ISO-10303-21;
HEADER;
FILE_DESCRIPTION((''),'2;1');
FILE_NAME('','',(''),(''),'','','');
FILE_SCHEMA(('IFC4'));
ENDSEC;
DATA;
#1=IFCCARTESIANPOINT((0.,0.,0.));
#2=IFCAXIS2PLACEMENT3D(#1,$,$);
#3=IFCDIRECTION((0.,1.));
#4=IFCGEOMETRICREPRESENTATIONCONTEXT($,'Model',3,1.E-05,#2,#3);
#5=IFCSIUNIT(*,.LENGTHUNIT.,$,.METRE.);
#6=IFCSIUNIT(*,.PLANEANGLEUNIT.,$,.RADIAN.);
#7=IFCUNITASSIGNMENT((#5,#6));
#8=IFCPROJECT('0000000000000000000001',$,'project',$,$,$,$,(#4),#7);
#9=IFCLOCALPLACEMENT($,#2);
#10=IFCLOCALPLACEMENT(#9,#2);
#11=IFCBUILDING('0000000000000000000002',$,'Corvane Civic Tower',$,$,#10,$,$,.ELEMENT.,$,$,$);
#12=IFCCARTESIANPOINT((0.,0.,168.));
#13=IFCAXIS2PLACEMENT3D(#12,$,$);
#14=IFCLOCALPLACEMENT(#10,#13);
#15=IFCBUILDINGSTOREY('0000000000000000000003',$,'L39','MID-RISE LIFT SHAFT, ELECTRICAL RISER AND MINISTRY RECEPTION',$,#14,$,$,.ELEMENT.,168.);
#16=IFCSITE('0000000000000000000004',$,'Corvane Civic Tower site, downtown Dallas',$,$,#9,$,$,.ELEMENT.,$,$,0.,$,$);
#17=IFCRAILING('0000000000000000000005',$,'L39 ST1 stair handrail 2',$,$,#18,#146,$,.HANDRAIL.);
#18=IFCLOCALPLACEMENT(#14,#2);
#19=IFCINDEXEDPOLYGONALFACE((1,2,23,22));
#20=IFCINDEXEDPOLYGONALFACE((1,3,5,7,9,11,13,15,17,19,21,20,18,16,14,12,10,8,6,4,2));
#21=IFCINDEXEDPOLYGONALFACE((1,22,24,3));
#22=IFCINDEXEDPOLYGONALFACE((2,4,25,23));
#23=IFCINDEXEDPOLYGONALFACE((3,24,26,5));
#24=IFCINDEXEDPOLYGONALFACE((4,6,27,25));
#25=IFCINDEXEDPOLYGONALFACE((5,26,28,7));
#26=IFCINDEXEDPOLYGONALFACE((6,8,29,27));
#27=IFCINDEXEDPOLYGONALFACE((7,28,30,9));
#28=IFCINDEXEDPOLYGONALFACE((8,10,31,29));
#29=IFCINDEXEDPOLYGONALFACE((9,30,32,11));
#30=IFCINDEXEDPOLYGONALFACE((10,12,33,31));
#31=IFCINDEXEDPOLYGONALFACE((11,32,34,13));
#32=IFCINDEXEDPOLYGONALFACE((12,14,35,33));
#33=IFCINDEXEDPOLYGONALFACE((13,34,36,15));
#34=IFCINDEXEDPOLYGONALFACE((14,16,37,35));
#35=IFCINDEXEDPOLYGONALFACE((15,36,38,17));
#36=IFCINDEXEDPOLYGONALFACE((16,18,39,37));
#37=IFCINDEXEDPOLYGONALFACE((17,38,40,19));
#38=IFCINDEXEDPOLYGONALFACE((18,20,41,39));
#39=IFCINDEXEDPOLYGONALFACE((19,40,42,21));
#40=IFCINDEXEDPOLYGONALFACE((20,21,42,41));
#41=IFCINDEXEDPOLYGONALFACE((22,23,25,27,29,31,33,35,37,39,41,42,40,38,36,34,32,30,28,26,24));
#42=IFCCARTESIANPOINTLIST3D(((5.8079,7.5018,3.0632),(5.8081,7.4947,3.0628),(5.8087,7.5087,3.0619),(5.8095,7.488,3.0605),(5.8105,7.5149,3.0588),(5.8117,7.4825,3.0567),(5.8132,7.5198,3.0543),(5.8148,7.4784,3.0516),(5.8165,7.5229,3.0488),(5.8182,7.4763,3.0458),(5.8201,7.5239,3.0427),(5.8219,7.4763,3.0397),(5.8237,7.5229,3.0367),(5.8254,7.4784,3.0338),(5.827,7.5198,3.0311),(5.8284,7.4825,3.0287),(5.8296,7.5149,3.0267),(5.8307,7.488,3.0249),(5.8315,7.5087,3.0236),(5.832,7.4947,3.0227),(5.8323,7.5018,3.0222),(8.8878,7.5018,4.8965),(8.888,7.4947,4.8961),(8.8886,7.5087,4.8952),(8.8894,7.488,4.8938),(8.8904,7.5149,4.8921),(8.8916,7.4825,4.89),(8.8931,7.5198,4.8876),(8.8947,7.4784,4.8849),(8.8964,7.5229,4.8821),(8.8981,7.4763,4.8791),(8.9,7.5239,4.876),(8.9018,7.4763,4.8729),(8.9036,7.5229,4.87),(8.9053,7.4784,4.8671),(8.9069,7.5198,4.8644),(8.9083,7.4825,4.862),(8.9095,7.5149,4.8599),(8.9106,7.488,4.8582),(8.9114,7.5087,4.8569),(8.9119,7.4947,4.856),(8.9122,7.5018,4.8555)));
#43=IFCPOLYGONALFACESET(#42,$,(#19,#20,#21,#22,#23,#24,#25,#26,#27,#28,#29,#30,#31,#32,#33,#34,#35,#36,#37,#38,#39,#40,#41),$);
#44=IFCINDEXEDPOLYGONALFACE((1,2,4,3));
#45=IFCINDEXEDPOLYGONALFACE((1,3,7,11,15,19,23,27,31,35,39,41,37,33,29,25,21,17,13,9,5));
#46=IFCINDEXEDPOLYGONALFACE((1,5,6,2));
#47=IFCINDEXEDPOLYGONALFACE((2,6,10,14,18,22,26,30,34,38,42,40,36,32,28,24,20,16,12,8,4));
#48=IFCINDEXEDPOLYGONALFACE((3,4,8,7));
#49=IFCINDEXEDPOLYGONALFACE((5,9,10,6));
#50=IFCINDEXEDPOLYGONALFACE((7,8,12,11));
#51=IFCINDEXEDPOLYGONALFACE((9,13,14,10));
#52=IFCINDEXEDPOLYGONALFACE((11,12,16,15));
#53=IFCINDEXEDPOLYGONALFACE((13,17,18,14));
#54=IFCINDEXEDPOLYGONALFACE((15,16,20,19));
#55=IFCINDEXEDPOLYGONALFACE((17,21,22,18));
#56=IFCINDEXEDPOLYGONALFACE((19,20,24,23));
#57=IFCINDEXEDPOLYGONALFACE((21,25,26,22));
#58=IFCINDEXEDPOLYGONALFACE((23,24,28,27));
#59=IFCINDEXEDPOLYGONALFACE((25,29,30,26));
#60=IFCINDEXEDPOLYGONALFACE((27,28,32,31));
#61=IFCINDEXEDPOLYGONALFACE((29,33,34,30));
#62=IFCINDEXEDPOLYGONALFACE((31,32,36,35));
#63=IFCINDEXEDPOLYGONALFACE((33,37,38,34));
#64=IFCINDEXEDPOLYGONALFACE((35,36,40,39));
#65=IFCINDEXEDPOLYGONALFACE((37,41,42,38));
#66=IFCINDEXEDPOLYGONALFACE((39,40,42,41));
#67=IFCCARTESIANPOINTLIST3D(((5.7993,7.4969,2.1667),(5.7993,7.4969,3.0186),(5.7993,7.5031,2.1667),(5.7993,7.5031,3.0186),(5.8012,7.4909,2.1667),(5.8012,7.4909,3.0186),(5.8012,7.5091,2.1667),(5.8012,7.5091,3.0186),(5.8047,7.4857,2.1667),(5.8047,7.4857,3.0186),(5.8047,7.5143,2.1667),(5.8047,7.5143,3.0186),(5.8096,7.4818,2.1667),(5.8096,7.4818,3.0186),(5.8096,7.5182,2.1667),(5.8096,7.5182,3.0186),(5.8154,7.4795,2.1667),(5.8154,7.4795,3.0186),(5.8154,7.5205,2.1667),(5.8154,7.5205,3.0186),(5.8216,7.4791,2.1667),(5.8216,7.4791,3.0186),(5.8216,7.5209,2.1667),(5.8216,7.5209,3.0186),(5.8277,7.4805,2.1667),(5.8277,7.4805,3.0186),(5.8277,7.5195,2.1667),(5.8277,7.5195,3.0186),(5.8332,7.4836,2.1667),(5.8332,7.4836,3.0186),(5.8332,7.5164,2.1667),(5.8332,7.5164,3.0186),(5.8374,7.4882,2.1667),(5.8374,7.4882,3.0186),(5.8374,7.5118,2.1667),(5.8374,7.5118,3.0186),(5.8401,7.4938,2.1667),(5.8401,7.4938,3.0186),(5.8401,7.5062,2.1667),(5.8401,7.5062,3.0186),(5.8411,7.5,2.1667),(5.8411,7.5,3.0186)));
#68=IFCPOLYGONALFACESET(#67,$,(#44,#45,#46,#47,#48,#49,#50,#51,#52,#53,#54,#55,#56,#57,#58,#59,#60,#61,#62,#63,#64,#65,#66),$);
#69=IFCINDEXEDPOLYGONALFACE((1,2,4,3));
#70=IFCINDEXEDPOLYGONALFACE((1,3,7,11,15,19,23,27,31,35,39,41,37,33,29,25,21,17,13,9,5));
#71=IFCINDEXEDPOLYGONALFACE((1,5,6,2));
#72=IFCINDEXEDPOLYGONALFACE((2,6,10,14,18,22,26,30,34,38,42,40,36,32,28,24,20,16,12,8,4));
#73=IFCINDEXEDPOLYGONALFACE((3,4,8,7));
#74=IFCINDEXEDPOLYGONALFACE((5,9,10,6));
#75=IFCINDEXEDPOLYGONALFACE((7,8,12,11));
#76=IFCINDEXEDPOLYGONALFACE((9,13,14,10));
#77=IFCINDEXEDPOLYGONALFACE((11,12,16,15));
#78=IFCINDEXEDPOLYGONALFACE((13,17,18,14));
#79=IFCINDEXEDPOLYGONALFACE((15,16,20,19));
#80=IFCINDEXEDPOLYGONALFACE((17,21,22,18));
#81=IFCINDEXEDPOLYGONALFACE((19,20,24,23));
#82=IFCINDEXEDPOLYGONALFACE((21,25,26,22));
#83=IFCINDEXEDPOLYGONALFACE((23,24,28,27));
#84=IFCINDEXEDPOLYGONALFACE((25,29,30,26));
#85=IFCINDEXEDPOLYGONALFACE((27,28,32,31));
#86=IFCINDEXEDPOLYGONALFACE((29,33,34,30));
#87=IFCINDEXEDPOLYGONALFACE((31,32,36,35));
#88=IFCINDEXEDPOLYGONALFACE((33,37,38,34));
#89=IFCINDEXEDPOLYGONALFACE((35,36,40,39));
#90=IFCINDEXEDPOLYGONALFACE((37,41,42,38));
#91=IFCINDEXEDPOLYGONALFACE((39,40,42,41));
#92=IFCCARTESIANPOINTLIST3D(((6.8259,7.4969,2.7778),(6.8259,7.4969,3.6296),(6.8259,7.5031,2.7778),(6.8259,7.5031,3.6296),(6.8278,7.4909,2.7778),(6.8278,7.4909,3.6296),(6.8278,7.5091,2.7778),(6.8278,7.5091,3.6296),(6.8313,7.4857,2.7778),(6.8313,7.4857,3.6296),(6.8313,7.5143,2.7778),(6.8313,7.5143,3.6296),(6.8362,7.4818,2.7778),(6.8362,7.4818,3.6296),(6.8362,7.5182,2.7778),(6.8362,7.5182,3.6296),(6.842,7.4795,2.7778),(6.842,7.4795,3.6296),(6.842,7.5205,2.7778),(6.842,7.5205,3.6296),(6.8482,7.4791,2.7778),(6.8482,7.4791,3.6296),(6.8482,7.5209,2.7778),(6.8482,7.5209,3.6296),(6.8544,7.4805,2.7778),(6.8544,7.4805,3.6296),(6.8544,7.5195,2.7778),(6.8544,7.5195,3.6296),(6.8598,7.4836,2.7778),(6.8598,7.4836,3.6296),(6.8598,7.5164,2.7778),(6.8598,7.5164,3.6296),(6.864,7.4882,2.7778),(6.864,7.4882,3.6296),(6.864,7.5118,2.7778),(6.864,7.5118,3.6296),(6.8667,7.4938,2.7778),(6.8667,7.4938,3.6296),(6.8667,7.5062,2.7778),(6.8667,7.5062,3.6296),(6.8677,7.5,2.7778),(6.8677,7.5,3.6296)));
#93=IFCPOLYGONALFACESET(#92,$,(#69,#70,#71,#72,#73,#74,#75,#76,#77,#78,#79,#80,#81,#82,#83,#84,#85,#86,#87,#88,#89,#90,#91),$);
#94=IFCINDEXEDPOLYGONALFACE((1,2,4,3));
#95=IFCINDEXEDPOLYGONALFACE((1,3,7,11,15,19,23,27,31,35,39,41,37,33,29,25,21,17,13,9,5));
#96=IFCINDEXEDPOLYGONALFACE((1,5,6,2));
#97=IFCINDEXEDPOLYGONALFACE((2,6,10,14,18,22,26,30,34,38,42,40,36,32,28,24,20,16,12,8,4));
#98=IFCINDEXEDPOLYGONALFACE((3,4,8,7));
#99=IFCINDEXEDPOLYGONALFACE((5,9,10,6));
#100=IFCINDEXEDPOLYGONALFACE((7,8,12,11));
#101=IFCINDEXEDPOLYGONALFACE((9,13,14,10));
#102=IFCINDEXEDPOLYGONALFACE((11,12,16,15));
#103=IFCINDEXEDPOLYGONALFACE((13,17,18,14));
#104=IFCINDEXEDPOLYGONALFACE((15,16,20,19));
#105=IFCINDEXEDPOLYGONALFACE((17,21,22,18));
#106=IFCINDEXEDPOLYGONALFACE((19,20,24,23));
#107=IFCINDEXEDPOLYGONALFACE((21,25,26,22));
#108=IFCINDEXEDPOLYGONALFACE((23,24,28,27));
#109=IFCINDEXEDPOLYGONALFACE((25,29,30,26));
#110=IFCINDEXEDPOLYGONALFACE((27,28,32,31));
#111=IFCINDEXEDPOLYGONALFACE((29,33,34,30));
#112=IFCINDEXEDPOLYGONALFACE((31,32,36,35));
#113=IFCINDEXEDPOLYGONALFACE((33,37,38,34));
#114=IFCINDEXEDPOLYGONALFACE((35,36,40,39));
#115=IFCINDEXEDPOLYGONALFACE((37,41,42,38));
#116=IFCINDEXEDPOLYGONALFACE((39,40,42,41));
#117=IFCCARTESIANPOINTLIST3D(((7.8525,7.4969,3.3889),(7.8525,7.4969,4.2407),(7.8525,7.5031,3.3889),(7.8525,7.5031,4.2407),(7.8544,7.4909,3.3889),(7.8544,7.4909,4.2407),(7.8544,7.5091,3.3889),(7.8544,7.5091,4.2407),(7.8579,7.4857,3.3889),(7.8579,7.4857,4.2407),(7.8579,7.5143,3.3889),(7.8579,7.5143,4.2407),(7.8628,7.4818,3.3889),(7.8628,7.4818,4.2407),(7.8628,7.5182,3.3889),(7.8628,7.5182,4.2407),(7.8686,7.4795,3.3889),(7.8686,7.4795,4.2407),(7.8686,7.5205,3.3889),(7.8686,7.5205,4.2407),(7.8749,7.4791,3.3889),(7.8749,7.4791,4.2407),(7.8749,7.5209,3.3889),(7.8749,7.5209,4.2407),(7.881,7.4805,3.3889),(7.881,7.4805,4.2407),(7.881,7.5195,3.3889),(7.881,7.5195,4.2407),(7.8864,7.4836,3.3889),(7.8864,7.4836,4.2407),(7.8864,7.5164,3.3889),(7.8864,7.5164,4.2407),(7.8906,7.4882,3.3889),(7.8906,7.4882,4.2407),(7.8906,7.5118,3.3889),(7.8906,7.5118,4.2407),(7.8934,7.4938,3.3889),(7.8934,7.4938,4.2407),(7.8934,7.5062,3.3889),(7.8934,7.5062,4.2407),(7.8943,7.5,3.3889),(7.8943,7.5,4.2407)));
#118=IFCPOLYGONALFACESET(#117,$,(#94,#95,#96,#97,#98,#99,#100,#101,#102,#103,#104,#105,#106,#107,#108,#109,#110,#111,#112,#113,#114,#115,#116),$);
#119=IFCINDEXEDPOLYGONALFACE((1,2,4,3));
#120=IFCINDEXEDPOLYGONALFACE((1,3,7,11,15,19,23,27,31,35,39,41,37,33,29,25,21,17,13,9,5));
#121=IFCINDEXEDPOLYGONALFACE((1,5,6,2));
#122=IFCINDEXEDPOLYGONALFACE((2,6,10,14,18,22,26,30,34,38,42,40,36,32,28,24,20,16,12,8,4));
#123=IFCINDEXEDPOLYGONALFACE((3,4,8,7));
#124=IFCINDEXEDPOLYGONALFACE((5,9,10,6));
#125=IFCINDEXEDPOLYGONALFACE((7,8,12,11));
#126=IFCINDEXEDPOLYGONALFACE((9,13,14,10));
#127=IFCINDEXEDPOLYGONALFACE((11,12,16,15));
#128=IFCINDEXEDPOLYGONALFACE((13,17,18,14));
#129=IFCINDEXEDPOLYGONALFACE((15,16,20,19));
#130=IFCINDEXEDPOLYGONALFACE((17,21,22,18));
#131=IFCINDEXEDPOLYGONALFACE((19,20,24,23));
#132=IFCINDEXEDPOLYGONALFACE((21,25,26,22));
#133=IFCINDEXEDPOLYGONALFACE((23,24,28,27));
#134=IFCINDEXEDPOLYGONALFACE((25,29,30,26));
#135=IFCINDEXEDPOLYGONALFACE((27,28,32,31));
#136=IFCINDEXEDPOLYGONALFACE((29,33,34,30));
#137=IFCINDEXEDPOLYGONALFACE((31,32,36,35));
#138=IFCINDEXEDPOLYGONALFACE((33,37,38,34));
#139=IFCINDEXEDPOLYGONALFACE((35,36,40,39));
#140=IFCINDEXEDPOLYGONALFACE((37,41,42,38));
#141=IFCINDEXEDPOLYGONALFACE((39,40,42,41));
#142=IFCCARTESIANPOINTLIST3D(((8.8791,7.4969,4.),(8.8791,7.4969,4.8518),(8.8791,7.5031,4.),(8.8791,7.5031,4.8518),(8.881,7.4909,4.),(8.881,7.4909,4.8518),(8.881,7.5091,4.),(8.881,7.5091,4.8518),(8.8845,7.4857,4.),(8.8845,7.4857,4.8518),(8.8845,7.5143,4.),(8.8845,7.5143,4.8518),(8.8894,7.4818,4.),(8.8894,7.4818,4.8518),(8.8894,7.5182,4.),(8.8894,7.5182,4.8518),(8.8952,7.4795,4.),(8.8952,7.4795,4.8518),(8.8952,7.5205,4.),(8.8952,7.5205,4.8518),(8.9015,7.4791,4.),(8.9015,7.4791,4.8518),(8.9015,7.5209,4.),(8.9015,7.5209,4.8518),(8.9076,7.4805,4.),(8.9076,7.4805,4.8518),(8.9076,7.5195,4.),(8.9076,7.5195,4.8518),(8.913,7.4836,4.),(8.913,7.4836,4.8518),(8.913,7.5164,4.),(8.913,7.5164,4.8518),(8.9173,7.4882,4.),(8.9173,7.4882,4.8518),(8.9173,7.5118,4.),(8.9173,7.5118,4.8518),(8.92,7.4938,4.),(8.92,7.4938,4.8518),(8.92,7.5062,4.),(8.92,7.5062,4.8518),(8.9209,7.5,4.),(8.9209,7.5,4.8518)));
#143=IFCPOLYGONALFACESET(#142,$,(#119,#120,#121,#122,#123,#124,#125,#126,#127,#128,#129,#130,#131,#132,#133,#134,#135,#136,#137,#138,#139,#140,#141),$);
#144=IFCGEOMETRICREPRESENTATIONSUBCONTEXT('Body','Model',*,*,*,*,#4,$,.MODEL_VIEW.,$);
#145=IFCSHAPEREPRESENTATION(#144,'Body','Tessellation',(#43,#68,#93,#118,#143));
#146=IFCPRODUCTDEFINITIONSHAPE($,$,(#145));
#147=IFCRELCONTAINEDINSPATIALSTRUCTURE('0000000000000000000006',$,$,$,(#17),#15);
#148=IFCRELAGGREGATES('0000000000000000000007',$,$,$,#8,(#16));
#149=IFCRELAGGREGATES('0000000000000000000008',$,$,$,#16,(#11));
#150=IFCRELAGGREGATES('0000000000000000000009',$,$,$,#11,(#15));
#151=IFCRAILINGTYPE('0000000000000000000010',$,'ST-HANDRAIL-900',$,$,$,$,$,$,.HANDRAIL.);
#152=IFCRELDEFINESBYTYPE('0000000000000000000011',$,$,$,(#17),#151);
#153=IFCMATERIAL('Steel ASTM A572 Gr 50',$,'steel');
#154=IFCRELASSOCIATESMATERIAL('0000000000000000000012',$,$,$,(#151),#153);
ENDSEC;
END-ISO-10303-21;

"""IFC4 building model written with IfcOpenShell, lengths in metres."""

from ifc_helpers import new_model, si_unit, direction, frame, origin, origin_2d, place, context, subcontext, project, spatial, circle, extrude, material, type_object, element, save


model = new_model("IFC4")

# Units and contexts
model_context = context("Model", 3, precision=1e-05, world=origin(), true_north=direction((0.0, 1.0)))
body_context = subcontext(model_context, "Body", "Model", "MODEL_VIEW")
ifc_project = project(units=[si_unit("LENGTHUNIT", "METRE"), si_unit("PLANEANGLEUNIT", "RADIAN")], contexts=[model_context])

# Site, building, storey
site_placement = place(None, origin())
site = spatial("IfcSite", under=ifc_project, at=site_placement, Name="Corvane Civic Tower site, downtown Dallas", CompositionType="ELEMENT", RefElevation=0.0)
building_placement = place(site_placement, origin())
building = spatial("IfcBuilding", under=site, at=building_placement, Name="Corvane Civic Tower", CompositionType="ELEMENT")
storey_placement = place(building_placement, frame((0.0, 0.0, 168.0)))
storey = spatial("IfcBuildingStorey", under=building, at=storey_placement, Name="L39", Description="MID-RISE LIFT SHAFT, ELECTRICAL RISER AND MINISTRY RECEPTION", CompositionType="ELEMENT", Elevation=168.0)

# Railing
ifc_material_1 = material(Name="Steel ASTM A572 Gr 50", Category="steel")
railing_type_1 = type_object("IfcRailingType", Name="ST-HANDRAIL-900", PredefinedType="HANDRAIL", material=ifc_material_1)
railing_1_placement = place(storey_placement, frame((5.8201, 7.5, 2.1667)))
element("IfcRailing", 1, at=railing_1_placement, inside=storey, type_object=railing_type_1, Name="L39 ST1 stair handrail 2", PredefinedType="HANDRAIL", context=body_context, shape_type="SweptSolid", body=[
    extrude(circle(Radius=0.0239, at=origin_2d()), frame((0.0, 0.0, 0.876), z_axis=(0.859291, 0.0, 0.511487), x_axis=(0.0, 1.0, 0.0)), (0.0, 0.0, 1.0), 3.5842),
    extrude(circle(Radius=0.021, at=origin_2d()), origin(), (0.0, 0.0, 1.0), 0.8518),
    extrude(circle(Radius=0.021, at=origin_2d()), frame((1.0266, 0.0, 0.6111)), (0.0, 0.0, 1.0), 0.8518),
    extrude(circle(Radius=0.021, at=origin_2d()), frame((2.0532, 0.0, 1.2222)), (0.0, 0.0, 1.0), 0.8518),
    extrude(circle(Radius=0.021, at=origin_2d()), frame((3.0798, 0.0, 1.8333)), (0.0, 0.0, 1.0), 0.8518),
])

save(model, "model.ifc")
